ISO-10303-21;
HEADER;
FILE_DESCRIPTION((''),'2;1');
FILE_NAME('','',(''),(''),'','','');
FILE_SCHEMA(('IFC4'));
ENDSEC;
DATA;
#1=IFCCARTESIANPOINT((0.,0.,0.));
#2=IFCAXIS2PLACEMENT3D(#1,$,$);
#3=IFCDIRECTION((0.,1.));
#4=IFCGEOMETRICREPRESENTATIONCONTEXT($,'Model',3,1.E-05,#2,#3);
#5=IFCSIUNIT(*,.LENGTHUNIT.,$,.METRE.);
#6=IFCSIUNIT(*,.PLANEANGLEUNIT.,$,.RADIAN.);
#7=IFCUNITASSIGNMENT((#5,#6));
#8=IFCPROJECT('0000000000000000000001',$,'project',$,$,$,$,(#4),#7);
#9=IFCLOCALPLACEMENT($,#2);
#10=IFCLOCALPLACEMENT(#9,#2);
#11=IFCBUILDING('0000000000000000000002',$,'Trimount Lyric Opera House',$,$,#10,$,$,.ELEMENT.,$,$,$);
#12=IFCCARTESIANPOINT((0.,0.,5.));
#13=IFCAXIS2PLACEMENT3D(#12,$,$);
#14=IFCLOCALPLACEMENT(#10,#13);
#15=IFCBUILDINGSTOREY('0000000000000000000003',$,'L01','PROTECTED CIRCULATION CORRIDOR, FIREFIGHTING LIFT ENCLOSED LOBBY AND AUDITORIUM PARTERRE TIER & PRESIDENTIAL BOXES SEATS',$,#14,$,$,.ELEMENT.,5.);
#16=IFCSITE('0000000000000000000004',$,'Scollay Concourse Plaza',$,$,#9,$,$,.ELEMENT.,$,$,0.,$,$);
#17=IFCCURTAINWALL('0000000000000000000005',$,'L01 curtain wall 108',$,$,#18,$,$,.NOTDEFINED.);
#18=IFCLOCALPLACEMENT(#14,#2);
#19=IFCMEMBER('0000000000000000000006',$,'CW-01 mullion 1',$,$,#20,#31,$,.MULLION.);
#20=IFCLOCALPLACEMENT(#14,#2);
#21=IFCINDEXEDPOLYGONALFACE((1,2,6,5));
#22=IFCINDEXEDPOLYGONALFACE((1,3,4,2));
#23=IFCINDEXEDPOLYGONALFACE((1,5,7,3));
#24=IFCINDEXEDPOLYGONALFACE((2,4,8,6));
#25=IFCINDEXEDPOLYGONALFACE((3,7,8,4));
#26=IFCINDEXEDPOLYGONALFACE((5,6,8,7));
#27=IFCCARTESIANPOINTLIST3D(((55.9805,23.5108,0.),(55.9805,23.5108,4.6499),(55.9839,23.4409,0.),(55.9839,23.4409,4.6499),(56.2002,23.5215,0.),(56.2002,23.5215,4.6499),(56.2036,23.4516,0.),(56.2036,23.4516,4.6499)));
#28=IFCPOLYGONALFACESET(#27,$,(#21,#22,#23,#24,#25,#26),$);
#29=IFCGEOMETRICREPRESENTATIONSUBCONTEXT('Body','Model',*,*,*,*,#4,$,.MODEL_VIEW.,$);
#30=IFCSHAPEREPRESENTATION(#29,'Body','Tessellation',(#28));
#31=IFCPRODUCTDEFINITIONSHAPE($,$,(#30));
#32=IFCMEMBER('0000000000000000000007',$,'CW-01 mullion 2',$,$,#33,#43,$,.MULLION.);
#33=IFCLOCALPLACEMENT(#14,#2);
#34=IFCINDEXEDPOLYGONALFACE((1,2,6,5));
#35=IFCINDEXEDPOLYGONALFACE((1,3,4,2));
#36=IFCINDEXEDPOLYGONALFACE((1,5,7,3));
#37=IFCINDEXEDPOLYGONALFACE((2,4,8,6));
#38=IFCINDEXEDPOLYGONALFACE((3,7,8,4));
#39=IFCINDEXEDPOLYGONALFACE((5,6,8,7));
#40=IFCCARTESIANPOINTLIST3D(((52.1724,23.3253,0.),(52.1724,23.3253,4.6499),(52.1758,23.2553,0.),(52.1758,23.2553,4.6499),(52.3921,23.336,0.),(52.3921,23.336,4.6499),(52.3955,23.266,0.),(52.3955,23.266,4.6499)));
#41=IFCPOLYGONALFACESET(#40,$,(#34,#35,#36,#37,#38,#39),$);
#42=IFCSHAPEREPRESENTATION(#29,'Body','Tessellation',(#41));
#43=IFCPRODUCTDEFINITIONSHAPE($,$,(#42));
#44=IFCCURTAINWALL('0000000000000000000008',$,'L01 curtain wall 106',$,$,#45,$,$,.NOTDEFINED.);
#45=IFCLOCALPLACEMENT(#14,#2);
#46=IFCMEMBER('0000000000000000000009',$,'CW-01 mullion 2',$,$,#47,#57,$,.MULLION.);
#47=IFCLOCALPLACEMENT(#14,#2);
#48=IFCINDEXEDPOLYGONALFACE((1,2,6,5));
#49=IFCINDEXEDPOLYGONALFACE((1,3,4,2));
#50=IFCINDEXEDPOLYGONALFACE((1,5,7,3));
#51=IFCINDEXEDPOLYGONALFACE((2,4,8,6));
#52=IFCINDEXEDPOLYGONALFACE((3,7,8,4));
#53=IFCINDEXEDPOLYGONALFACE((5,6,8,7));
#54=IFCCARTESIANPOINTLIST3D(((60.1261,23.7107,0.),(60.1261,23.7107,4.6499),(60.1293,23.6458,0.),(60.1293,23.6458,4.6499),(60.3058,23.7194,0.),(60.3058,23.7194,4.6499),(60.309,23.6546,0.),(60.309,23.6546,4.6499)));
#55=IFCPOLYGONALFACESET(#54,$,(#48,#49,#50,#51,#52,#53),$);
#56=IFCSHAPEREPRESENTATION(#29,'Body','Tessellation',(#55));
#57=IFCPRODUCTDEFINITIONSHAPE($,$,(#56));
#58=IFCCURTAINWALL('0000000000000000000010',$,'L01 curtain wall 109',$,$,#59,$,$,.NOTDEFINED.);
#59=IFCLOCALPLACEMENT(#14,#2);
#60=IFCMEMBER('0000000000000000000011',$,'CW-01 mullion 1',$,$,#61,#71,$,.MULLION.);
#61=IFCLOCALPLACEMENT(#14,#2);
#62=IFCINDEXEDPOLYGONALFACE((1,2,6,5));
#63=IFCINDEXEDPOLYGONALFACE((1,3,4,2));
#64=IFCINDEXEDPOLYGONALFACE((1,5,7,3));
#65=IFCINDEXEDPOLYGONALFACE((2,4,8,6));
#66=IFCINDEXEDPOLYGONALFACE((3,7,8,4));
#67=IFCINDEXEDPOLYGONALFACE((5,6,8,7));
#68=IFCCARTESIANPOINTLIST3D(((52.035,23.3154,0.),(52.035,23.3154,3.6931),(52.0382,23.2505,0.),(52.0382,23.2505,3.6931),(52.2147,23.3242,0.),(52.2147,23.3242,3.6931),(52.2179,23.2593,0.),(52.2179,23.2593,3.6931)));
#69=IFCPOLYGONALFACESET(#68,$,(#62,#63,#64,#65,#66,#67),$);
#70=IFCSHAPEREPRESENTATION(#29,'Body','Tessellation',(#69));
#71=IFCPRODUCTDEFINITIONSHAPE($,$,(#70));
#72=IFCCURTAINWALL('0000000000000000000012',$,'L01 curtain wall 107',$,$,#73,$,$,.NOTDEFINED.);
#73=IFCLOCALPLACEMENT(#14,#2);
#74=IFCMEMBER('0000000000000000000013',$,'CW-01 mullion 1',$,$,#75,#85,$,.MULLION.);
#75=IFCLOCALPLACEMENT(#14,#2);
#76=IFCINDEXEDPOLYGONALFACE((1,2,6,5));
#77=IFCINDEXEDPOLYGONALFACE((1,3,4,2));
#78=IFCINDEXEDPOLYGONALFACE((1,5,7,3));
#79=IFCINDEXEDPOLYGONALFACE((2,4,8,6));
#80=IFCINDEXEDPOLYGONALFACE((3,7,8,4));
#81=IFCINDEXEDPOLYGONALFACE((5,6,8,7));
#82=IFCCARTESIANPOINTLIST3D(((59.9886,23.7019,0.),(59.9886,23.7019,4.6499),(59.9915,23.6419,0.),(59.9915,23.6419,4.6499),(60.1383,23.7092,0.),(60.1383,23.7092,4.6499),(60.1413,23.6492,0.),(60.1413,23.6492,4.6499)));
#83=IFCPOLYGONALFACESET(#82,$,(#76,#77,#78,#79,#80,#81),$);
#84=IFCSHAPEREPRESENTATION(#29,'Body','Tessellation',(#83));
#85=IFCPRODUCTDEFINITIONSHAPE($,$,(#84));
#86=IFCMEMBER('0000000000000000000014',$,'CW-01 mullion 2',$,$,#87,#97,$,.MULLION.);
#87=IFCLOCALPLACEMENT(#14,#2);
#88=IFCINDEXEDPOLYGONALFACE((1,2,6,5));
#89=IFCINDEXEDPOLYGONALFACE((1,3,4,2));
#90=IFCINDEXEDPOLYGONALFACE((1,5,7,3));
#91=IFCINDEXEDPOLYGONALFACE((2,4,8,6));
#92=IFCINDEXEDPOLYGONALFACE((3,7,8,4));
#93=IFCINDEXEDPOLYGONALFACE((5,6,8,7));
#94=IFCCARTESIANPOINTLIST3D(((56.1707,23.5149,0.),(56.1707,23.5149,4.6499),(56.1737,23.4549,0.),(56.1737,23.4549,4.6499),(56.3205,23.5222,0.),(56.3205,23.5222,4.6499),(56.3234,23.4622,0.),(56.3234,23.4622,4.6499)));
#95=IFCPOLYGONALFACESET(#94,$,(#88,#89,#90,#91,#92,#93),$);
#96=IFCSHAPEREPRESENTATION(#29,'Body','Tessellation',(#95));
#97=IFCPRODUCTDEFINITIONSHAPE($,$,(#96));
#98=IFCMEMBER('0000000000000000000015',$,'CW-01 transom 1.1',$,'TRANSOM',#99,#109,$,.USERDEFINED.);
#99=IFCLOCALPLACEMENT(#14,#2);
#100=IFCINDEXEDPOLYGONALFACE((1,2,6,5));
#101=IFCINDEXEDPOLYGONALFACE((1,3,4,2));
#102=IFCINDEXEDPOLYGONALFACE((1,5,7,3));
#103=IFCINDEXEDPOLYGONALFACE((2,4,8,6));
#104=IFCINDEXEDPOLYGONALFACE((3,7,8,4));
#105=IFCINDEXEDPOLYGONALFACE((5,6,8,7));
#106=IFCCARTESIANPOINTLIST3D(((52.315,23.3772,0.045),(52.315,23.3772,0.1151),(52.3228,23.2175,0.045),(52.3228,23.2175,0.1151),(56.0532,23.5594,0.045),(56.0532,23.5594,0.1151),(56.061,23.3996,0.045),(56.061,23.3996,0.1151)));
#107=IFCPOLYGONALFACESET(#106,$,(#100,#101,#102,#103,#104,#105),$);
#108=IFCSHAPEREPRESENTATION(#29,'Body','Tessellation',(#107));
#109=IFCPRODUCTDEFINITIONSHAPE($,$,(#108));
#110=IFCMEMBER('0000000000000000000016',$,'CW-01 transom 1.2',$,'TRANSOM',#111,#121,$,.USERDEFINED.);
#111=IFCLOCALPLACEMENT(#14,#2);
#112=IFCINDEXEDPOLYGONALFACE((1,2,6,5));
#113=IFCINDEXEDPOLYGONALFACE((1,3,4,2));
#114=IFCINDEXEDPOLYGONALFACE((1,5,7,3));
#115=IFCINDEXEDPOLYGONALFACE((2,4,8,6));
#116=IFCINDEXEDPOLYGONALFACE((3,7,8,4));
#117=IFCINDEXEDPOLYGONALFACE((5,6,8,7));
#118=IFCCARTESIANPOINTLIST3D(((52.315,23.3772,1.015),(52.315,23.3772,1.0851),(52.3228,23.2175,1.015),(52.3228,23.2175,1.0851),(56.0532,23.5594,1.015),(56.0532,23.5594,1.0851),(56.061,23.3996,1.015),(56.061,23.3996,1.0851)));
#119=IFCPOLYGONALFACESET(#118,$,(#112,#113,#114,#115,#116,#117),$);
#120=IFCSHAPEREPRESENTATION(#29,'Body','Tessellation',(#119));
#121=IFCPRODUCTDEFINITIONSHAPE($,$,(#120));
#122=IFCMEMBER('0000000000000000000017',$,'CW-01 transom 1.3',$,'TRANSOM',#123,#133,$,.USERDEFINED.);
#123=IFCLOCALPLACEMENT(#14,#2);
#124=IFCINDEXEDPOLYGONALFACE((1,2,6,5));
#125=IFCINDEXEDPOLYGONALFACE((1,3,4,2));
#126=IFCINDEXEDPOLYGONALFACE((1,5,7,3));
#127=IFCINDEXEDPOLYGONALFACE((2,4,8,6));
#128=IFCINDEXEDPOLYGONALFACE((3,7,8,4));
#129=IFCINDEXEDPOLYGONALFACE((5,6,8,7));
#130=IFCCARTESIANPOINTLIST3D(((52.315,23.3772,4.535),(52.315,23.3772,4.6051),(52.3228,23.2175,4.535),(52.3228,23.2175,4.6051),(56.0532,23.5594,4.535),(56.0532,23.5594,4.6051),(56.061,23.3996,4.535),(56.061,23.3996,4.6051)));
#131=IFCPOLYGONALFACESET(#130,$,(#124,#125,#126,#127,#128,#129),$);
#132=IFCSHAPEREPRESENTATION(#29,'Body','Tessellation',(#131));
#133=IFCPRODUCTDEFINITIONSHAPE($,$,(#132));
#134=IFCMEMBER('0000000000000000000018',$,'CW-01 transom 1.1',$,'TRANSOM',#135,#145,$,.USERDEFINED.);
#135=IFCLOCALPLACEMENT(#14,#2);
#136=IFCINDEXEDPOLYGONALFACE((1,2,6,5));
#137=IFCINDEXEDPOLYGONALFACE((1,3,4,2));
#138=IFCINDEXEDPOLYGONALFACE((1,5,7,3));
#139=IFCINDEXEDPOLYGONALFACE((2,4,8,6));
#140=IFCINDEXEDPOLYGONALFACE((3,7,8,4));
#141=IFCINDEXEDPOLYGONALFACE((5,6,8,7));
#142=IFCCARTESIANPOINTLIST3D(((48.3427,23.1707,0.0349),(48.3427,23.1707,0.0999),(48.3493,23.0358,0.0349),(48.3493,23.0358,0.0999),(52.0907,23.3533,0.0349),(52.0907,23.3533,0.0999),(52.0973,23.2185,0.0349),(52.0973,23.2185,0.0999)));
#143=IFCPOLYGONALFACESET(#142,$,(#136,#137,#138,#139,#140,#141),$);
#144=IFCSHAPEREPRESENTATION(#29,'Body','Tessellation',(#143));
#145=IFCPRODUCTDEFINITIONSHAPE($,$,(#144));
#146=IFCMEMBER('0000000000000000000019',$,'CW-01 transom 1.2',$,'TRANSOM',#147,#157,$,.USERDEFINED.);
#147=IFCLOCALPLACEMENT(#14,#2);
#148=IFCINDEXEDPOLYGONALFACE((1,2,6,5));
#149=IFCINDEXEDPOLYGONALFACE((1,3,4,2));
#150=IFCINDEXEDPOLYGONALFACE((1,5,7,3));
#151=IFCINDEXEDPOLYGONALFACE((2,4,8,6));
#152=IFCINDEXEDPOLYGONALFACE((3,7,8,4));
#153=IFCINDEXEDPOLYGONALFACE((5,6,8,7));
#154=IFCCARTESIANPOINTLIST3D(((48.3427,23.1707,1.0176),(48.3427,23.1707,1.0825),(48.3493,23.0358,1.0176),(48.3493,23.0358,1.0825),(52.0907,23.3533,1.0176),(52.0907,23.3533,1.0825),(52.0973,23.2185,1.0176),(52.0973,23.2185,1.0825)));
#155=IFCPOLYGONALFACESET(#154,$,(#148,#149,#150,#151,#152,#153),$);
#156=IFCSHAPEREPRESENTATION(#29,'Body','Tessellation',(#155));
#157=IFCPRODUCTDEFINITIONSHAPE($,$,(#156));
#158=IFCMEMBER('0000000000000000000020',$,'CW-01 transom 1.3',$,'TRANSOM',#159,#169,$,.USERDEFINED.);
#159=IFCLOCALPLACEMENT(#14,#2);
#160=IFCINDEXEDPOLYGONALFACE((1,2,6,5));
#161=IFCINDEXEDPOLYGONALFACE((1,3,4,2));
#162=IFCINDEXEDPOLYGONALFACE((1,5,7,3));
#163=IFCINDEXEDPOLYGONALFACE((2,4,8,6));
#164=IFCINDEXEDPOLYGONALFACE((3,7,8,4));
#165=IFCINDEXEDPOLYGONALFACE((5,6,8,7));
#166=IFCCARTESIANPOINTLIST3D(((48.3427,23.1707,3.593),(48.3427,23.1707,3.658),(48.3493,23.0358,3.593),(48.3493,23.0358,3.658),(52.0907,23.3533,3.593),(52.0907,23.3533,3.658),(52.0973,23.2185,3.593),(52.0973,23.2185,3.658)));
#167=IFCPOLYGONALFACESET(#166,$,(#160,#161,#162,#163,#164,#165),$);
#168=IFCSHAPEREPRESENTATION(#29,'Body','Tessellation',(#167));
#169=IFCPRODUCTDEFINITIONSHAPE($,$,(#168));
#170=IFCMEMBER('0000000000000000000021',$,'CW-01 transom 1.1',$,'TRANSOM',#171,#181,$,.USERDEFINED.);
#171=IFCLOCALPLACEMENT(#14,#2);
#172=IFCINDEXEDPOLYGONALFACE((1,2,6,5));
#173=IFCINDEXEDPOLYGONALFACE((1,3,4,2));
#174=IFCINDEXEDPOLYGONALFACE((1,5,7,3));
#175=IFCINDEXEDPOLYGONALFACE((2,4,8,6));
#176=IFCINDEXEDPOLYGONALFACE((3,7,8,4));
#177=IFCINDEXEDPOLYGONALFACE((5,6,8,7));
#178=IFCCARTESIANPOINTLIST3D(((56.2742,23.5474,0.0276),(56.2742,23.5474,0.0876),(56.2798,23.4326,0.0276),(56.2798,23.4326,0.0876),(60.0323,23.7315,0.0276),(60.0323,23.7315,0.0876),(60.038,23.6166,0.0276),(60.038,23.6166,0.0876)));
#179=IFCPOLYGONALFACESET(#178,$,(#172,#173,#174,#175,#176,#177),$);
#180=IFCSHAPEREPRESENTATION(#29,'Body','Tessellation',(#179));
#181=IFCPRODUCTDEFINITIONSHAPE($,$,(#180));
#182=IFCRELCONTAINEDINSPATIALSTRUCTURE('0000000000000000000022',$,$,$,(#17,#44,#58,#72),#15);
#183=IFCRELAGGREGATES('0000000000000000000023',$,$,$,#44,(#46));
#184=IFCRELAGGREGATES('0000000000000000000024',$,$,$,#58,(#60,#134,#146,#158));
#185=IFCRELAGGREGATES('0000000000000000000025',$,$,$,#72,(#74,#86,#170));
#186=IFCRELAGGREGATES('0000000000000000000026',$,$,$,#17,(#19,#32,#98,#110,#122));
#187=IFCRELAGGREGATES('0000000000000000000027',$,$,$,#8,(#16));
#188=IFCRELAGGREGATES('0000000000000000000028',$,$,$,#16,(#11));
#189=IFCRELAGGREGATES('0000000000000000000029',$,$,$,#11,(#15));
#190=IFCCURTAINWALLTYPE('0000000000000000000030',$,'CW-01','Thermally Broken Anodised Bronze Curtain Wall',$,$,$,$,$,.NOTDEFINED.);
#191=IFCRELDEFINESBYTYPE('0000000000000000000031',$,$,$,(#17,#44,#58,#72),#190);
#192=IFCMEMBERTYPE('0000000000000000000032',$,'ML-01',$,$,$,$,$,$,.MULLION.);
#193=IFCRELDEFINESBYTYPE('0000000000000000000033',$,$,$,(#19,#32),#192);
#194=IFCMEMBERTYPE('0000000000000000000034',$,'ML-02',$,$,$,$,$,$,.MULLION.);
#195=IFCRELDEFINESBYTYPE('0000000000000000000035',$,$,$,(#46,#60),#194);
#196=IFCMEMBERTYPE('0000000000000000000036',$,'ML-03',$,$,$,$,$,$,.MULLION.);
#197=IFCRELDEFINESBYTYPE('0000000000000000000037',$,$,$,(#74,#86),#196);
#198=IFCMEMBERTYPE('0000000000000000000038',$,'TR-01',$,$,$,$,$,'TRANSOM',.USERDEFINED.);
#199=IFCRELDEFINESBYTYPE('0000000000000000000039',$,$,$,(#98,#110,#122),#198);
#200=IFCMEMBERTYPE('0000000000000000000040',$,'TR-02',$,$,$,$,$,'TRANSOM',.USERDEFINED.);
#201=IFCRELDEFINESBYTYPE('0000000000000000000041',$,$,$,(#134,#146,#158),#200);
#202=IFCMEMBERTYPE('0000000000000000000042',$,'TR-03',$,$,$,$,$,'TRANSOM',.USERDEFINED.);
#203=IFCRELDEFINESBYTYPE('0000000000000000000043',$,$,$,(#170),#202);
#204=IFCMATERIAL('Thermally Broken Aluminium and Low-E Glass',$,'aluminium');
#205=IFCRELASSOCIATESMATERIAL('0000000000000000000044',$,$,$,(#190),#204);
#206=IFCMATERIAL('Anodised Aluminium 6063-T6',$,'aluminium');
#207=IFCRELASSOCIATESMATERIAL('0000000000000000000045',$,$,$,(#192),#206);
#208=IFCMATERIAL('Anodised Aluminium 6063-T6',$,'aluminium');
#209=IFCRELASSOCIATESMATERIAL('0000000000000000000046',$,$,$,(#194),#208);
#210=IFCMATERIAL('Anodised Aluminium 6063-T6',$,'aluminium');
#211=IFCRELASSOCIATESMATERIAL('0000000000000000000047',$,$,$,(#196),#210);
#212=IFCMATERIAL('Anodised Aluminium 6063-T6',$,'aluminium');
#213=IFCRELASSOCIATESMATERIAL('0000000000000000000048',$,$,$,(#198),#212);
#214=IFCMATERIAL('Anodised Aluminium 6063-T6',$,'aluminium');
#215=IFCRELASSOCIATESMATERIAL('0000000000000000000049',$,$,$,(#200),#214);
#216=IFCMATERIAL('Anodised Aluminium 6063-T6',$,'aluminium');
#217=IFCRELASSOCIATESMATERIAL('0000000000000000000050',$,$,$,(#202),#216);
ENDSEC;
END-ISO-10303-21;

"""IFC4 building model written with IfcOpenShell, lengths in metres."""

from ifc_helpers import new_model, si_unit, direction, frame, origin, origin_2d, place, context, subcontext, project, spatial, rectangle, extrude, material, material_profile, profile_set, type_object, element, aggregate, save


model = new_model("IFC4")

# Units and contexts
model_context = context("Model", 3, precision=1e-05, world=origin(), true_north=direction((0.0, 1.0)))
body_context = subcontext(model_context, "Body", "Model", "MODEL_VIEW")
ifc_project = project(units=[si_unit("LENGTHUNIT", "METRE"), si_unit("PLANEANGLEUNIT", "RADIAN")], contexts=[model_context])

# Site, building, storey
site_placement = place(None, origin())
site = spatial("IfcSite", under=ifc_project, at=site_placement, Name="Scollay Concourse Plaza", CompositionType="ELEMENT", RefElevation=0.0)
building_placement = place(site_placement, origin())
building = spatial("IfcBuilding", under=site, at=building_placement, Name="Trimount Lyric Opera House", CompositionType="ELEMENT")
storey_placement = place(building_placement, frame((0.0, 0.0, 5.0)))
storey = spatial("IfcBuildingStorey", under=building, at=storey_placement, Name="L01", Description="PROTECTED CIRCULATION CORRIDOR, FIREFIGHTING LIFT ENCLOSED LOBBY AND AUDITORIUM PARTERRE TIER & PRESIDENTIAL BOXES SEATS", CompositionType="ELEMENT", Elevation=5.0)

# Curtain wall, members
ifc_material_1 = material(Name="Thermally Broken Aluminium and Low-E Glass", Category="aluminium")
curtain_wall_type = type_object("IfcCurtainWallType", Name="CW-01", Description="Thermally Broken Anodised Bronze Curtain Wall", PredefinedType="NOTDEFINED", material=ifc_material_1)
curtain_wall_1_placement = place(storey_placement, origin())
curtain_wall_1 = element("IfcCurtainWall", 1, at=curtain_wall_1_placement, inside=storey, type_object=curtain_wall_type, Name="L01 curtain wall 108", PredefinedType="NOTDEFINED")
ifc_material_2 = material(Name="Anodised Aluminium 6063-T6", Category="aluminium")
ifc_material_profile_1 = material_profile(ifc_material_2, rectangle(XDim=0.0701, YDim=0.22, at=origin_2d()), Name="ALU-MULL-70X220")
ifc_profile_set_1 = profile_set([ifc_material_profile_1], Name="Anodised Aluminium 6063-T6")
member_type_1 = type_object("IfcMemberType", Name="ML-01", PredefinedType="MULLION", material=ifc_profile_set_1)
member_1_placement = place(storey_placement, frame((56.092, 23.4812, 0.0), z_axis=(0.0, 0.0, 1.0), x_axis=(0.048679, -0.998814, 0.0)))
member_1 = element("IfcMember", 2, at=member_1_placement, type_object=member_type_1, Name="CW-01 mullion 1", PredefinedType="MULLION", context=body_context, shape_type="SweptSolid", body=[
    extrude(rectangle(XDim=0.0701, YDim=0.22, at=origin_2d()), origin(), (0.0, 0.0, 1.0), 4.6499),
])
member_2_placement = place(storey_placement, frame((52.2839, 23.2957, 0.0), z_axis=(0.0, 0.0, 1.0), x_axis=(0.048679, -0.998814, 0.0)))
member_2 = element("IfcMember", 3, at=member_2_placement, type_object=member_type_1, Name="CW-01 mullion 2", PredefinedType="MULLION", context=body_context, shape_type="SweptSolid", body=[
    extrude(rectangle(XDim=0.0701, YDim=0.22, at=origin_2d()), origin(), (0.0, 0.0, 1.0), 4.6499),
])

# Curtain walls, members
curtain_wall_2_placement = place(storey_placement, origin())
curtain_wall_2 = element("IfcCurtainWall", 4, at=curtain_wall_2_placement, inside=storey, type_object=curtain_wall_type, Name="L01 curtain wall 106", PredefinedType="NOTDEFINED")
ifc_material_3 = material(Name="Anodised Aluminium 6063-T6", Category="aluminium")
ifc_material_profile_2 = material_profile(ifc_material_3, rectangle(XDim=0.0649, YDim=0.1799, at=origin_2d()), Name="ALU-MULL-65X180")
ifc_profile_set_2 = profile_set([ifc_material_profile_2], Name="Anodised Aluminium 6063-T6")
member_type_2 = type_object("IfcMemberType", Name="ML-02", PredefinedType="MULLION", material=ifc_profile_set_2)
member_3_placement = place(storey_placement, frame((60.2175, 23.6826, 0.0), z_axis=(0.0, 0.0, 1.0), x_axis=(0.048679, -0.998814, 0.0)))
member_3 = element("IfcMember", 5, at=member_3_placement, type_object=member_type_2, Name="CW-01 mullion 2", PredefinedType="MULLION", context=body_context, shape_type="SweptSolid", body=[
    extrude(rectangle(XDim=0.0649, YDim=0.1799, at=origin_2d()), origin(), (0.0, 0.0, 1.0), 4.6499),
])
aggregate(curtain_wall_2, [member_3])
curtain_wall_3_placement = place(storey_placement, origin())
curtain_wall_3 = element("IfcCurtainWall", 6, at=curtain_wall_3_placement, inside=storey, type_object=curtain_wall_type, Name="L01 curtain wall 109", PredefinedType="NOTDEFINED")
member_4_placement = place(storey_placement, frame((52.1265, 23.2874, 0.0), z_axis=(0.0, 0.0, 1.0), x_axis=(0.048679, -0.998814, 0.0)))
member_4 = element("IfcMember", 7, at=member_4_placement, type_object=member_type_2, Name="CW-01 mullion 1", PredefinedType="MULLION", context=body_context, shape_type="SweptSolid", body=[
    extrude(rectangle(XDim=0.0649, YDim=0.1799, at=origin_2d()), origin(), (0.0, 0.0, 1.0), 3.6931),
])

# Curtain wall, members
curtain_wall_4_placement = place(storey_placement, origin())
curtain_wall_4 = element("IfcCurtainWall", 8, at=curtain_wall_4_placement, inside=storey, type_object=curtain_wall_type, Name="L01 curtain wall 107", PredefinedType="NOTDEFINED")
ifc_material_4 = material(Name="Anodised Aluminium 6063-T6", Category="aluminium")
ifc_material_profile_3 = material_profile(ifc_material_4, rectangle(XDim=0.0601, YDim=0.1499, at=origin_2d()), Name="ALU-MULL-60X150")
ifc_profile_set_3 = profile_set([ifc_material_profile_3], Name="Anodised Aluminium 6063-T6")
member_type_3 = type_object("IfcMemberType", Name="ML-03", PredefinedType="MULLION", material=ifc_profile_set_3)
member_5_placement = place(storey_placement, frame((60.0649, 23.6755, 0.0), z_axis=(0.0, 0.0, 1.0), x_axis=(0.048936, -0.998802, 0.0)))
member_5 = element("IfcMember", 9, at=member_5_placement, type_object=member_type_3, Name="CW-01 mullion 1", PredefinedType="MULLION", context=body_context, shape_type="SweptSolid", body=[
    extrude(rectangle(XDim=0.0601, YDim=0.1499, at=origin_2d()), origin(), (0.0, 0.0, 1.0), 4.6499),
])
member_6_placement = place(storey_placement, frame((56.2471, 23.4885, 0.0), z_axis=(0.0, 0.0, 1.0), x_axis=(0.048936, -0.998802, 0.0)))
member_6 = element("IfcMember", 10, at=member_6_placement, type_object=member_type_3, Name="CW-01 mullion 2", PredefinedType="MULLION", context=body_context, shape_type="SweptSolid", body=[
    extrude(rectangle(XDim=0.0601, YDim=0.1499, at=origin_2d()), origin(), (0.0, 0.0, 1.0), 4.6499),
])

# Members
ifc_material_5 = material(Name="Anodised Aluminium 6063-T6", Category="aluminium")
ifc_material_profile_4 = material_profile(ifc_material_5, rectangle(XDim=0.1599, YDim=0.0701, at=origin_2d()), Name="ALU-TRAN-70X160")
ifc_profile_set_4 = profile_set([ifc_material_profile_4], Name="Anodised Aluminium 6063-T6")
member_type_4 = type_object("IfcMemberType", Name="TR-01", ElementType="TRANSOM", PredefinedType="USERDEFINED", material=ifc_profile_set_4)
member_7_placement = place(storey_placement, frame((56.0571, 23.4795, 0.0801), z_axis=(-0.998815, -0.048662, 0.0), x_axis=(0.048662, -0.998815, 0.0)))
member_7 = element("IfcMember", 11, at=member_7_placement, type_object=member_type_4, Name="CW-01 transom 1.1", ObjectType="TRANSOM", PredefinedType="USERDEFINED", context=body_context, shape_type="SweptSolid", body=[
    extrude(rectangle(XDim=0.1599, YDim=0.0701, at=origin_2d()), origin(), (0.0, 0.0, 1.0), 3.7427),
])
member_8_placement = place(storey_placement, frame((56.0571, 23.4795, 1.05), z_axis=(-0.998815, -0.048662, 0.0), x_axis=(0.048662, -0.998815, 0.0)))
member_8 = element("IfcMember", 12, at=member_8_placement, type_object=member_type_4, Name="CW-01 transom 1.2", ObjectType="TRANSOM", PredefinedType="USERDEFINED", context=body_context, shape_type="SweptSolid", body=[
    extrude(rectangle(XDim=0.1599, YDim=0.0701, at=origin_2d()), origin(), (0.0, 0.0, 1.0), 3.7427),
])
member_9_placement = place(storey_placement, frame((56.0571, 23.4795, 4.5701), z_axis=(-0.998815, -0.048662, 0.0), x_axis=(0.048662, -0.998815, 0.0)))
member_9 = element("IfcMember", 13, at=member_9_placement, type_object=member_type_4, Name="CW-01 transom 1.3", ObjectType="TRANSOM", PredefinedType="USERDEFINED", context=body_context, shape_type="SweptSolid", body=[
    extrude(rectangle(XDim=0.1599, YDim=0.0701, at=origin_2d()), origin(), (0.0, 0.0, 1.0), 3.7427),
])
ifc_material_6 = material(Name="Anodised Aluminium 6063-T6", Category="aluminium")
ifc_material_profile_5 = material_profile(ifc_material_6, rectangle(XDim=0.135, YDim=0.0649, at=origin_2d()), Name="ALU-TRAN-65X135")
ifc_profile_set_5 = profile_set([ifc_material_profile_5], Name="Anodised Aluminium 6063-T6")
member_type_5 = type_object("IfcMemberType", Name="TR-02", ElementType="TRANSOM", PredefinedType="USERDEFINED", material=ifc_profile_set_5)
member_10_placement = place(storey_placement, frame((52.094, 23.2859, 0.0674), z_axis=(-0.998815, -0.048666, 0.0), x_axis=(0.048666, -0.998815, 0.0)))
member_10 = element("IfcMember", 14, at=member_10_placement, type_object=member_type_5, Name="CW-01 transom 1.1", ObjectType="TRANSOM", PredefinedType="USERDEFINED", context=body_context, shape_type="SweptSolid", body=[
    extrude(rectangle(XDim=0.135, YDim=0.0649, at=origin_2d()), origin(), (0.0, 0.0, 1.0), 3.7524),
])
member_11_placement = place(storey_placement, frame((52.094, 23.2859, 1.05), z_axis=(-0.998815, -0.048666, 0.0), x_axis=(0.048666, -0.998815, 0.0)))
member_11 = element("IfcMember", 15, at=member_11_placement, type_object=member_type_5, Name="CW-01 transom 1.2", ObjectType="TRANSOM", PredefinedType="USERDEFINED", context=body_context, shape_type="SweptSolid", body=[
    extrude(rectangle(XDim=0.135, YDim=0.0649, at=origin_2d()), origin(), (0.0, 0.0, 1.0), 3.7524),
])
member_12_placement = place(storey_placement, frame((52.094, 23.2859, 3.6255), z_axis=(-0.998815, -0.048666, 0.0), x_axis=(0.048666, -0.998815, 0.0)))
member_12 = element("IfcMember", 16, at=member_12_placement, type_object=member_type_5, Name="CW-01 transom 1.3", ObjectType="TRANSOM", PredefinedType="USERDEFINED", context=body_context, shape_type="SweptSolid", body=[
    extrude(rectangle(XDim=0.135, YDim=0.0649, at=origin_2d()), origin(), (0.0, 0.0, 1.0), 3.7524),
])
aggregate(curtain_wall_3, [member_4, member_10, member_11, member_12])
ifc_material_7 = material(Name="Anodised Aluminium 6063-T6", Category="aluminium")
ifc_material_profile_6 = material_profile(ifc_material_7, rectangle(XDim=0.115, YDim=0.0601, at=origin_2d()), Name="ALU-TRAN-60X115")
ifc_profile_set_6 = profile_set([ifc_material_profile_6], Name="Anodised Aluminium 6063-T6")
member_type_6 = type_object("IfcMemberType", Name="TR-03", ElementType="TRANSOM", PredefinedType="USERDEFINED", material=ifc_profile_set_6)
member_13_placement = place(storey_placement, frame((60.0352, 23.6741, 0.0576), z_axis=(-0.998803, -0.048921, 0.0), x_axis=(0.048921, -0.998803, 0.0)))
member_13 = element("IfcMember", 17, at=member_13_placement, type_object=member_type_6, Name="CW-01 transom 1.1", ObjectType="TRANSOM", PredefinedType="USERDEFINED", context=body_context, shape_type="SweptSolid", body=[
    extrude(rectangle(XDim=0.115, YDim=0.0601, at=origin_2d()), origin(), (0.0, 0.0, 1.0), 3.7627),
])

aggregate(curtain_wall_4, [member_5, member_6, member_13])
aggregate(curtain_wall_1, [member_1, member_2, member_7, member_8, member_9])

save(model, "model.ifc")
